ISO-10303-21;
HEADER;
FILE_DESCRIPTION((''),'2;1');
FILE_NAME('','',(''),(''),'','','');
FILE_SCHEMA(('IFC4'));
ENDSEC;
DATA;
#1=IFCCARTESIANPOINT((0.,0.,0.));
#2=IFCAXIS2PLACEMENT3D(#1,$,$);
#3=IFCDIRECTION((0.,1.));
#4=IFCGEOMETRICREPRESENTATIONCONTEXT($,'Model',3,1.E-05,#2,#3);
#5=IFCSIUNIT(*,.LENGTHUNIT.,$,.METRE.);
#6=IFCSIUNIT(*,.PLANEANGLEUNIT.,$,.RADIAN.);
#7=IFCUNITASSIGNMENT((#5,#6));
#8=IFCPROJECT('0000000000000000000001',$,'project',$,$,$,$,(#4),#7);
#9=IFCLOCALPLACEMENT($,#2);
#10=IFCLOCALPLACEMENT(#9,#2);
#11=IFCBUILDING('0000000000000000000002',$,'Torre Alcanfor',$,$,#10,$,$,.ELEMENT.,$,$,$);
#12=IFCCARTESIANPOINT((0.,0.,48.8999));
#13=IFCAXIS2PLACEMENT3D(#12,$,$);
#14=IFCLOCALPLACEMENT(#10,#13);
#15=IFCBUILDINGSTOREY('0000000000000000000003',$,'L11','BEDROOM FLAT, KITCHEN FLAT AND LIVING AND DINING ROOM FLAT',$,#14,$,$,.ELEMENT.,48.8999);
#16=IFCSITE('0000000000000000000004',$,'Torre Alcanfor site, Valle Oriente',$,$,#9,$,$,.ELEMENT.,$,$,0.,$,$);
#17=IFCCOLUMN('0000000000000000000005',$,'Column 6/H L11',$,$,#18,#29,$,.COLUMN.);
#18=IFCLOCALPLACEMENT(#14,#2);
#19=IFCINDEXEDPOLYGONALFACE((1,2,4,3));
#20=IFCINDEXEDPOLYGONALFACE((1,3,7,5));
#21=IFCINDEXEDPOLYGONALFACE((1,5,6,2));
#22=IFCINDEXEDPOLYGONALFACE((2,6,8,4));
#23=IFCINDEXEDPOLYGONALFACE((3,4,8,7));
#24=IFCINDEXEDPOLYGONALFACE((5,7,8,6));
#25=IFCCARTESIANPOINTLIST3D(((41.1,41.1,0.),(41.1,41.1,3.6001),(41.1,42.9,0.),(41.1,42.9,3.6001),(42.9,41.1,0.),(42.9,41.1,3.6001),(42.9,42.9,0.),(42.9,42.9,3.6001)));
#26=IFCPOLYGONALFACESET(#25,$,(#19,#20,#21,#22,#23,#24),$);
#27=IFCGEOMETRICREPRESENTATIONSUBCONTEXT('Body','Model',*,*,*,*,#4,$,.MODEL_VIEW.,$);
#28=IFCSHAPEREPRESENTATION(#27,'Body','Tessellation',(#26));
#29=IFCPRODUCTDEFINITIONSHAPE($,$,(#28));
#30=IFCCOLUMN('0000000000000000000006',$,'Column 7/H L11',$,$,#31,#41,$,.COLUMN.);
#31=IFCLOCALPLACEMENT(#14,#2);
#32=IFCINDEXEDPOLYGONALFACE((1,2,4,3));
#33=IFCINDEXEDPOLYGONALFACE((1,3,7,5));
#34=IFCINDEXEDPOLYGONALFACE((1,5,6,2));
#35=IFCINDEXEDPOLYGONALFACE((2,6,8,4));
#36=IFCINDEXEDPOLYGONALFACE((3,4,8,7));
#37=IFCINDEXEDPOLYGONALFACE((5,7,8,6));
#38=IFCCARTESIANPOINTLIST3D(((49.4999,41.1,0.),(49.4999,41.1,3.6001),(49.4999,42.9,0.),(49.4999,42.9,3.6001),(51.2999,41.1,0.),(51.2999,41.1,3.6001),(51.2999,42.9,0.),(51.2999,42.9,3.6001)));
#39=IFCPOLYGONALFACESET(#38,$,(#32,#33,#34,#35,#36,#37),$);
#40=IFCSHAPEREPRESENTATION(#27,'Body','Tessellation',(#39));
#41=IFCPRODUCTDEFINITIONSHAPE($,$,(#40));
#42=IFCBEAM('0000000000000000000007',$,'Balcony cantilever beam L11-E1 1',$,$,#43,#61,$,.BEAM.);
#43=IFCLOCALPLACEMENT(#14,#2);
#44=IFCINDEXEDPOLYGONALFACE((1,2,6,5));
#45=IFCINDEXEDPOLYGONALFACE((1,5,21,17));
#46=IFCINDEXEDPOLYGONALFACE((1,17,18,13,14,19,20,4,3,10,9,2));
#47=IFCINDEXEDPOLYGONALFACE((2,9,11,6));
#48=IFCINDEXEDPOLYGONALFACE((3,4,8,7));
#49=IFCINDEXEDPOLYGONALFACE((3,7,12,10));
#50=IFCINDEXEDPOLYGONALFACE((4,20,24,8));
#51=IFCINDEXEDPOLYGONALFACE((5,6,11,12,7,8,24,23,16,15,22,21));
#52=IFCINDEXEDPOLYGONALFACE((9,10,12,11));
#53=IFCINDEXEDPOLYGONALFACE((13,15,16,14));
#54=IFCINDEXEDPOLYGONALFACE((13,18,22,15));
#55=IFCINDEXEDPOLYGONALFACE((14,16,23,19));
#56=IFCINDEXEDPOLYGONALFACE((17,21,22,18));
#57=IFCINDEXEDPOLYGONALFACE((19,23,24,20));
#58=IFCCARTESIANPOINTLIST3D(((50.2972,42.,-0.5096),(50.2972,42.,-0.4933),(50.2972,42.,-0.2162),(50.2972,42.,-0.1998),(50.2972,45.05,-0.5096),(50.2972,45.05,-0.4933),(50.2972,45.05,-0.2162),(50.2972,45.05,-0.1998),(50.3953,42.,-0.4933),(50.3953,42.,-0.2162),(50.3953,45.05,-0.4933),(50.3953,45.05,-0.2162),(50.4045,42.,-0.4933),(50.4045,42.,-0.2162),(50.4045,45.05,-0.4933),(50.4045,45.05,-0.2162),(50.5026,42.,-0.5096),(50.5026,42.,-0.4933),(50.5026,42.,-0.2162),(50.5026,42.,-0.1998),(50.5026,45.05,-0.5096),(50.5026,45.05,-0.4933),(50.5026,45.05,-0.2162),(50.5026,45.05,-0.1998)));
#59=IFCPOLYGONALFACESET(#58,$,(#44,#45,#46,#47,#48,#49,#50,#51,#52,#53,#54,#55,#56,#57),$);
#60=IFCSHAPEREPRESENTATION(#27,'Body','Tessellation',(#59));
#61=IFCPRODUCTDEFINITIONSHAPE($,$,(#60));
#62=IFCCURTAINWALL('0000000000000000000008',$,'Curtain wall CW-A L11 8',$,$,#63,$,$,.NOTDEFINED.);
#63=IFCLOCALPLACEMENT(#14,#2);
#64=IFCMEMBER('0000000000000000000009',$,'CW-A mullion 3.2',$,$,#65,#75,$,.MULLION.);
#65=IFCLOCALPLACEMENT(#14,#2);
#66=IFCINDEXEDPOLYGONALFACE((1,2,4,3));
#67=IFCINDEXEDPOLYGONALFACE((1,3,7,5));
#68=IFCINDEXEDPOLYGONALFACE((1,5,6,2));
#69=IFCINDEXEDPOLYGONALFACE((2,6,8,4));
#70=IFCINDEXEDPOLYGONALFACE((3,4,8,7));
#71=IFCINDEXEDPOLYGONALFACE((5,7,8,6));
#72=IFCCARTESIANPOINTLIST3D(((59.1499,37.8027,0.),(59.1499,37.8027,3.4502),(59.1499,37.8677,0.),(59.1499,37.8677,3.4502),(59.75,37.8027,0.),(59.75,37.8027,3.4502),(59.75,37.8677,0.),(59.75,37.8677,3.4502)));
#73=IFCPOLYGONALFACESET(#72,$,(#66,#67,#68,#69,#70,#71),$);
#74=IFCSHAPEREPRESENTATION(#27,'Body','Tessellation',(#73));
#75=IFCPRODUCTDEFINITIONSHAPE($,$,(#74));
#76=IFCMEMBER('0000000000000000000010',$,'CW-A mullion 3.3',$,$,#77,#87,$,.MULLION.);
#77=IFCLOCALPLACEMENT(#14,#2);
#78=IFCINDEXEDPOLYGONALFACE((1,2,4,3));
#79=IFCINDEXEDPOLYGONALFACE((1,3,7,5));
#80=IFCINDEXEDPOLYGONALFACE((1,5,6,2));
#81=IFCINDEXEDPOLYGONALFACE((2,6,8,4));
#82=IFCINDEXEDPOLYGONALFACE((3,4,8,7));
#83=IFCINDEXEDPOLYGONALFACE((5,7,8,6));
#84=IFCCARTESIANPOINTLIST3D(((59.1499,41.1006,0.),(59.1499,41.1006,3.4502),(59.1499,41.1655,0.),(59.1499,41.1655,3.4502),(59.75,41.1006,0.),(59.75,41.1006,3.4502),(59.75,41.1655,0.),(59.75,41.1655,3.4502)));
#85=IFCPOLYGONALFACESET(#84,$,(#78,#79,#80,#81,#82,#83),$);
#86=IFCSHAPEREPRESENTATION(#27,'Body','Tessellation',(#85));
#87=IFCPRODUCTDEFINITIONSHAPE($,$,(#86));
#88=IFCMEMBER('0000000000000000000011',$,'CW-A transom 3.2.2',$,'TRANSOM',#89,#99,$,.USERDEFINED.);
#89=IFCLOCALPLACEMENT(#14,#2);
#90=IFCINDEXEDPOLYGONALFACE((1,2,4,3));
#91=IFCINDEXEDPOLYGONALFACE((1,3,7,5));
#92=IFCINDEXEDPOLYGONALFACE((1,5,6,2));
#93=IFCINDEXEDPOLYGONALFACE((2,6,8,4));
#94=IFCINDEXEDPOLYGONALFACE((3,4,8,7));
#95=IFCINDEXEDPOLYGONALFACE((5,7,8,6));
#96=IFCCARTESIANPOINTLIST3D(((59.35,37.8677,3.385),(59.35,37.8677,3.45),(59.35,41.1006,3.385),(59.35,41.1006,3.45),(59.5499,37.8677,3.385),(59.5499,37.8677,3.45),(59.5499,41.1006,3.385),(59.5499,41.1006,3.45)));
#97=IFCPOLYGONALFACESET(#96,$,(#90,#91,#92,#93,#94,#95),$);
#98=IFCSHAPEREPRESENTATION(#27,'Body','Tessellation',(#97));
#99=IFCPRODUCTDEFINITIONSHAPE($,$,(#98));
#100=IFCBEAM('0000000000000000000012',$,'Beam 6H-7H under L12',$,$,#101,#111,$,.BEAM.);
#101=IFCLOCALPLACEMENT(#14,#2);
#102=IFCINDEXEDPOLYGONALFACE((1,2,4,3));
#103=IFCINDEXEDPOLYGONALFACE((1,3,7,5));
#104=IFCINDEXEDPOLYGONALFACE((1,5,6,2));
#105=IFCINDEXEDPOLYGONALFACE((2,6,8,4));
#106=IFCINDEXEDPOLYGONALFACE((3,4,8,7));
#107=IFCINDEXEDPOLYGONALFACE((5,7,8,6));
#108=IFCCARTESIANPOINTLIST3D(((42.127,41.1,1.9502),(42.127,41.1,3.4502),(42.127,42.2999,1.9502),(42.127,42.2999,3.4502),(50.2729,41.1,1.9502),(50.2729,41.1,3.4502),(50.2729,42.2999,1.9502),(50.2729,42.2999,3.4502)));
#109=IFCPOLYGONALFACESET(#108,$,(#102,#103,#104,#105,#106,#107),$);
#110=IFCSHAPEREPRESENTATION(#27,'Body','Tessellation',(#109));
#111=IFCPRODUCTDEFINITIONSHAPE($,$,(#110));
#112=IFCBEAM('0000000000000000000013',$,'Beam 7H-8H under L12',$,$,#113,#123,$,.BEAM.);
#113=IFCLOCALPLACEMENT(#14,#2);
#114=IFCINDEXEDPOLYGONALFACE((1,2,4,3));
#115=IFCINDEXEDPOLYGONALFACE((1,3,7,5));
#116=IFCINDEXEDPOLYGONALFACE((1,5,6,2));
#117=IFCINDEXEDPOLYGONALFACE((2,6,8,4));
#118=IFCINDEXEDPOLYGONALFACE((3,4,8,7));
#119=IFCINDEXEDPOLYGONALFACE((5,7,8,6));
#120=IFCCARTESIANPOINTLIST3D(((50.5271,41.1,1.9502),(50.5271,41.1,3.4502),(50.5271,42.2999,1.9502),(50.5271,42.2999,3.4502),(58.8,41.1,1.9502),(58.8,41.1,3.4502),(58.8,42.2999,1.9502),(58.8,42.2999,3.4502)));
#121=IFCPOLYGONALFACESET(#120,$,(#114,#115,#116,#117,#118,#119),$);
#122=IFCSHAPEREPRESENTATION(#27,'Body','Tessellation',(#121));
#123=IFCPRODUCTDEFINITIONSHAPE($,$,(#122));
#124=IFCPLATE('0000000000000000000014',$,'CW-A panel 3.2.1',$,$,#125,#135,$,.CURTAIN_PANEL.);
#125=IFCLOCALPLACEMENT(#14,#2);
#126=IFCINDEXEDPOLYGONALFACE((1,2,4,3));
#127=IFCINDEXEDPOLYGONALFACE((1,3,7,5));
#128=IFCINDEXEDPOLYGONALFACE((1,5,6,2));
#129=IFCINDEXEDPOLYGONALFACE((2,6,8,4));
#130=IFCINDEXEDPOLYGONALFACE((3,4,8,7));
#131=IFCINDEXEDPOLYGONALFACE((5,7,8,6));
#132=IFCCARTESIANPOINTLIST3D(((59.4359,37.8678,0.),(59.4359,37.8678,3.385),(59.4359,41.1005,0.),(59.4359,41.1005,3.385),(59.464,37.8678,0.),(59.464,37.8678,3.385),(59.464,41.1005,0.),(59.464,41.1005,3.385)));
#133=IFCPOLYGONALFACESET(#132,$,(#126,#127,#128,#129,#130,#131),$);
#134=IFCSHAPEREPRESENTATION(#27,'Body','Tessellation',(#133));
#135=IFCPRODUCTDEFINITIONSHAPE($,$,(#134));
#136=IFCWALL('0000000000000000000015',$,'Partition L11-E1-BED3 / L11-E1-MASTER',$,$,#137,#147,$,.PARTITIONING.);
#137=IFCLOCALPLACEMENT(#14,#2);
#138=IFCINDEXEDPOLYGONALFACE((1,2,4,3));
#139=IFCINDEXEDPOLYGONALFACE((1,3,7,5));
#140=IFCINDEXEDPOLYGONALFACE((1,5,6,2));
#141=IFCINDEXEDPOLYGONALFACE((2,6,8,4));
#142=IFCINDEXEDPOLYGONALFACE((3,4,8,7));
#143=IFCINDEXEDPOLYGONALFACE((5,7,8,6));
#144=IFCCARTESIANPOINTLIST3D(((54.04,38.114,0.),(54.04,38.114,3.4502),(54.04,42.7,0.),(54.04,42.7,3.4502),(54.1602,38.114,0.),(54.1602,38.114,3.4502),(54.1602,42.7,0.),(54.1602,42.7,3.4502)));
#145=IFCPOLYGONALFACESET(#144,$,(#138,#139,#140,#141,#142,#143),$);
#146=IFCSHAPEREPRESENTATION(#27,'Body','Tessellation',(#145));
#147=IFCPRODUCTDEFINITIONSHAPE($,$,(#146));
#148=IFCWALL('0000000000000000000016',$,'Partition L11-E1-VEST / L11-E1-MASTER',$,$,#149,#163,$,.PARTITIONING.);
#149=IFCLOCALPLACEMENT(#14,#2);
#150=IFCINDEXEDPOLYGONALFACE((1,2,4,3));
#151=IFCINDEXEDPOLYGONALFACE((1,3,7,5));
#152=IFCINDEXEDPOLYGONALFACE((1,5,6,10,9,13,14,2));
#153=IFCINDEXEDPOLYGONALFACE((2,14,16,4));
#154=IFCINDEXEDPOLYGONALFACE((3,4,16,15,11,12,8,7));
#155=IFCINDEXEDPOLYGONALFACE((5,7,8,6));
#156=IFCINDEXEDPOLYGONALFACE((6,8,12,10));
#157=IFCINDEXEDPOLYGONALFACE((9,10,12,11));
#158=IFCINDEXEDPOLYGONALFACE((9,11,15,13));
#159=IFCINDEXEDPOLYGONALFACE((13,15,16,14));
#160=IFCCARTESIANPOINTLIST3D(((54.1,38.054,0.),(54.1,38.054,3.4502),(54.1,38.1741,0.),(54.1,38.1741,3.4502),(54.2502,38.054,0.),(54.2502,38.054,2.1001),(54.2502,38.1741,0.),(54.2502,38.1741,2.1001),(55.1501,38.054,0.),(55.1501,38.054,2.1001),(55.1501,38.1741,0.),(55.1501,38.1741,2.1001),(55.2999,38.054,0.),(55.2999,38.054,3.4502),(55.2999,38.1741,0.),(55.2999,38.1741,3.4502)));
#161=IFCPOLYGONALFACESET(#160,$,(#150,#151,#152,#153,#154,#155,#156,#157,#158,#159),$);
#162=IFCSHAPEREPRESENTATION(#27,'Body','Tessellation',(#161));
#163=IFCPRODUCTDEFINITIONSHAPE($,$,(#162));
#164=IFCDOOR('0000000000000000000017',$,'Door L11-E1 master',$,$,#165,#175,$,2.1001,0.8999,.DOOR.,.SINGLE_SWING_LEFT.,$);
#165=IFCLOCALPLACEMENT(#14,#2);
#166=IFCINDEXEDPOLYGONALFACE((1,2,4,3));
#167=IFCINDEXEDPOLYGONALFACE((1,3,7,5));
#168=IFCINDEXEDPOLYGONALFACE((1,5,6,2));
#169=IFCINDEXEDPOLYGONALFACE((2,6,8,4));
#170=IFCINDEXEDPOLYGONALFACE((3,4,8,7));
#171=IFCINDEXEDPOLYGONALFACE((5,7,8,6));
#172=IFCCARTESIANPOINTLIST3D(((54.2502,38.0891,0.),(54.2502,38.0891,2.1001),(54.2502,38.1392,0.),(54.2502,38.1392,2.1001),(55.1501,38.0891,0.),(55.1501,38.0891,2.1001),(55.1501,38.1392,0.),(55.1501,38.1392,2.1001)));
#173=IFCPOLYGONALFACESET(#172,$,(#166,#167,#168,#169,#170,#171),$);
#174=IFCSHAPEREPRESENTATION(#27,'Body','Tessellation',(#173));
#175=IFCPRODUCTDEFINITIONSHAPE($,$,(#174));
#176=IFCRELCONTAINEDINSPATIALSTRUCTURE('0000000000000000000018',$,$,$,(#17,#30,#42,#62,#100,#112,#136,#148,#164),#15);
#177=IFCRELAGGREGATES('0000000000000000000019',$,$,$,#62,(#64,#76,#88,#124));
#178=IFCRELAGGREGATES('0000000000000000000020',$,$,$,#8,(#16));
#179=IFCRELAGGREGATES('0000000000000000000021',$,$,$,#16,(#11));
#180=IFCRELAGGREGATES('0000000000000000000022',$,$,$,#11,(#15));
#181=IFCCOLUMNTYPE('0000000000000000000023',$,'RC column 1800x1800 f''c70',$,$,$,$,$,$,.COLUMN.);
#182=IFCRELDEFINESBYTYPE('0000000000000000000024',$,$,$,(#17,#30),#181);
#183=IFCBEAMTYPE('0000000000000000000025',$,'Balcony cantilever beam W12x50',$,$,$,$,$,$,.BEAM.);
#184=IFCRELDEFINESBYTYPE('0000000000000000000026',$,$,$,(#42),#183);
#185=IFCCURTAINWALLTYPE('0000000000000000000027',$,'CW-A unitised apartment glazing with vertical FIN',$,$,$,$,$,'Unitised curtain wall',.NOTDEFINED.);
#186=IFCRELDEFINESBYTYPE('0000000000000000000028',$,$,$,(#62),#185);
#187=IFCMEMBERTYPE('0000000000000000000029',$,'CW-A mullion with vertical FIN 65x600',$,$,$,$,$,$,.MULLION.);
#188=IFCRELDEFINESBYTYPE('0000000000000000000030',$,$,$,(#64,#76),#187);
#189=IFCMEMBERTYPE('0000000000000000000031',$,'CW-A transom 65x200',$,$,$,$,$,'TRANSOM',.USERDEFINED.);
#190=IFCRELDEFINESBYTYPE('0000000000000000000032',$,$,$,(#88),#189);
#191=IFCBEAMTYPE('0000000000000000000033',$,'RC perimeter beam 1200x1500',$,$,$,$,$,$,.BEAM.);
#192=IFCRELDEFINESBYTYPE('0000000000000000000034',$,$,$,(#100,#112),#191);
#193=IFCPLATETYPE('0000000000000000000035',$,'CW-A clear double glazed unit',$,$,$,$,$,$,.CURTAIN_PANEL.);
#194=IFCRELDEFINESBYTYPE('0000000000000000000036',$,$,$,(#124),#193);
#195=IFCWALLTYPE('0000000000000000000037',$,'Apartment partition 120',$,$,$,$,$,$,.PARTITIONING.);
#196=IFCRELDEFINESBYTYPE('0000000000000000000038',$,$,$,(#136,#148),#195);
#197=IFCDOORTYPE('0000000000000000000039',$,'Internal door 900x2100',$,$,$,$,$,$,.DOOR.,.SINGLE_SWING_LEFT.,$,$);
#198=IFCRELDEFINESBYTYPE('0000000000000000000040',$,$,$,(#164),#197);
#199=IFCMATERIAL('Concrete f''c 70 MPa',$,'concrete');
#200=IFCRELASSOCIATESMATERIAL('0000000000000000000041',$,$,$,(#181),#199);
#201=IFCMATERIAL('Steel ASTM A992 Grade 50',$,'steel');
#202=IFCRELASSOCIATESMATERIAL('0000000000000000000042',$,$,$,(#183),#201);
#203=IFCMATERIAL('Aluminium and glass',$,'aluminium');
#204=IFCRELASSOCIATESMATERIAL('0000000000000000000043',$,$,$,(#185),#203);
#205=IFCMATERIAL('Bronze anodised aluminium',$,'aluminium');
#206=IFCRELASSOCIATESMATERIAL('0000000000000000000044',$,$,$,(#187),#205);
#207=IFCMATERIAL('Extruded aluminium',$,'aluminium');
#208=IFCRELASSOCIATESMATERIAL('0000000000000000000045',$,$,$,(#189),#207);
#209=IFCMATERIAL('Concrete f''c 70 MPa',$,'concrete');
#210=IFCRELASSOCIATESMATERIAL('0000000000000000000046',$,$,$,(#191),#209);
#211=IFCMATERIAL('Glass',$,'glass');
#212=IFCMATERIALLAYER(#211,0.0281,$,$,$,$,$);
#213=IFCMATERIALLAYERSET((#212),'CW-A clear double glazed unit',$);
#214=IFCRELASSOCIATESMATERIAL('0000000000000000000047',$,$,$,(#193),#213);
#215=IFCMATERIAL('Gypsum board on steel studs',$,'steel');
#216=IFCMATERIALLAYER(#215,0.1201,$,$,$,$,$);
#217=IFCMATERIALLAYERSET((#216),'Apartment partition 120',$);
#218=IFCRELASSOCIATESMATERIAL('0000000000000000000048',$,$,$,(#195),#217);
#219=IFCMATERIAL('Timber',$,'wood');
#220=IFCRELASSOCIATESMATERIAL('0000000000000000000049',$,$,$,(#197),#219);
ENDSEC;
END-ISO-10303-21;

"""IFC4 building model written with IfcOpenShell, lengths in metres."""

from ifc_helpers import new_model, si_unit, direction, frame, frame_2d, origin, origin_2d, place, context, subcontext, project, spatial, rectangle, i_section, extrude, material, layer, layer_set, material_profile, profile_set, type_object, element, fill, aggregate, save


model = new_model("IFC4")

# Units and contexts
model_context = context("Model", 3, precision=1e-05, world=origin(), true_north=direction((0.0, 1.0)))
body_context = subcontext(model_context, "Body", "Model", "MODEL_VIEW")
ifc_project = project(units=[si_unit("LENGTHUNIT", "METRE"), si_unit("PLANEANGLEUNIT", "RADIAN")], contexts=[model_context])

# Site, building, storey
site_placement = place(None, origin())
site = spatial("IfcSite", under=ifc_project, at=site_placement, Name="Torre Alcanfor site, Valle Oriente", CompositionType="ELEMENT", RefElevation=0.0)
building_placement = place(site_placement, origin())
building = spatial("IfcBuilding", under=site, at=building_placement, Name="Torre Alcanfor", CompositionType="ELEMENT")
storey_placement = place(building_placement, frame((0.0, 0.0, 48.8999)))
storey = spatial("IfcBuildingStorey", under=building, at=storey_placement, Name="L11", Description="BEDROOM FLAT, KITCHEN FLAT AND LIVING AND DINING ROOM FLAT", CompositionType="ELEMENT", Elevation=48.8999)

# Columns
ifc_material_1 = material(Name="Concrete f'c 70 MPa", Category="concrete")
ifc_material_profile_1 = material_profile(ifc_material_1, rectangle(XDim=1.8, YDim=1.8, at=origin_2d()), Name="1800x1800")
ifc_profile_set_1 = profile_set([ifc_material_profile_1], Name="Concrete f'c 70 MPa")
column_type = type_object("IfcColumnType", Name="RC column 1800x1800 f'c70", PredefinedType="COLUMN", material=ifc_profile_set_1)
for number, where, z_axis, x_axis, name in (
    (1, (42.0, 42.0, 0.0), (0.0, 0.0, 1.0), (1.0, 0.0, 0.0), "Column 6/H L11"),
    (2, (50.3999, 42.0, 0.0), (0.0, 0.0, 1.0), (1.0, 0.0, 0.0), "Column 7/H L11"),
):
    element("IfcColumn", number, at=place(storey_placement, frame(where, z_axis=z_axis, x_axis=x_axis)), inside=storey, type_object=column_type, Name=name, PredefinedType="COLUMN", context=body_context, shape_type="SweptSolid", body=[
        extrude(rectangle(XDim=1.8, YDim=1.8, at=origin_2d()), origin(), (0.0, 0.0, 1.0), 3.6001),
    ])

# Beam
ifc_material_2 = material(Name="Steel ASTM A992 Grade 50", Category="steel")
ifc_material_profile_2 = material_profile(ifc_material_2, i_section(OverallWidth=0.2053, OverallDepth=0.3098, WebThickness=0.0093, FlangeThickness=0.0164, at=origin_2d()), Name="W12x50")
ifc_profile_set_2 = profile_set([ifc_material_profile_2], Name="Steel ASTM A992 Grade 50")
beam_type_1 = type_object("IfcBeamType", Name="Balcony cantilever beam W12x50", PredefinedType="BEAM", material=ifc_profile_set_2)
beam_1_placement = place(storey_placement, frame((50.3999, 42.0, -0.3547), z_axis=(0.0, 1.0, 0.0), x_axis=(-1.0, 0.0, 0.0)))
element("IfcBeam", 3, at=beam_1_placement, inside=storey, type_object=beam_type_1, Name="Balcony cantilever beam L11-E1 1", PredefinedType="BEAM", context=body_context, shape_type="SweptSolid", body=[
    extrude(i_section(OverallWidth=0.2053, OverallDepth=0.3098, WebThickness=0.0093, FlangeThickness=0.0164, at=origin_2d()), origin(), (0.0, 0.0, 1.0), 3.05),
])

# Curtain wall, members
ifc_material_3 = material(Name="Aluminium and glass", Category="aluminium")
curtain_wall_type = type_object("IfcCurtainWallType", Name="CW-A unitised apartment glazing with vertical FIN", ElementType="Unitised curtain wall", PredefinedType="NOTDEFINED", material=ifc_material_3)
curtain_wall_placement = place(storey_placement, origin())
curtain_wall = element("IfcCurtainWall", 4, at=curtain_wall_placement, inside=storey, type_object=curtain_wall_type, Name="Curtain wall CW-A L11 8", PredefinedType="NOTDEFINED")
ifc_material_4 = material(Name="Bronze anodised aluminium", Category="aluminium")
ifc_material_profile_3 = material_profile(ifc_material_4, rectangle(XDim=0.6001, YDim=0.0649, at=origin_2d()), Name="CW-A mullion 65x600")
ifc_profile_set_3 = profile_set([ifc_material_profile_3], Name="Bronze anodised aluminium")
member_type_1 = type_object("IfcMemberType", Name="CW-A mullion with vertical FIN 65x600", PredefinedType="MULLION", material=ifc_profile_set_3)
member_1_placement = place(storey_placement, frame((59.45, 37.8352, 0.0), z_axis=(0.0, 0.0, 1.0), x_axis=(-1.0, 0.0, 0.0)))
member_1 = element("IfcMember", 5, at=member_1_placement, type_object=member_type_1, Name="CW-A mullion 3.2", PredefinedType="MULLION", context=body_context, shape_type="SweptSolid", body=[
    extrude(rectangle(XDim=0.6001, YDim=0.0649, at=origin_2d()), origin(), (0.0, 0.0, 1.0), 3.4502),
])
member_2_placement = place(storey_placement, frame((59.45, 41.1331, 0.0), z_axis=(0.0, 0.0, 1.0), x_axis=(-1.0, 0.0, 0.0)))
member_2 = element("IfcMember", 6, at=member_2_placement, type_object=member_type_1, Name="CW-A mullion 3.3", PredefinedType="MULLION", context=body_context, shape_type="SweptSolid", body=[
    extrude(rectangle(XDim=0.6001, YDim=0.0649, at=origin_2d()), origin(), (0.0, 0.0, 1.0), 3.4502),
])
ifc_material_5 = material(Name="Extruded aluminium", Category="aluminium")
ifc_material_profile_4 = material_profile(ifc_material_5, rectangle(XDim=0.2, YDim=0.0649, at=origin_2d()), Name="CW-A transom 200x65")
ifc_profile_set_4 = profile_set([ifc_material_profile_4], Name="Extruded aluminium")
member_type_2 = type_object("IfcMemberType", Name="CW-A transom 65x200", ElementType="TRANSOM", PredefinedType="USERDEFINED", material=ifc_profile_set_4)
member_3_placement = place(storey_placement, frame((59.45, 37.8677, 3.4175), z_axis=(0.0, 1.0, 0.0), x_axis=(-1.0, 0.0, 0.0)))
member_3 = element("IfcMember", 7, at=member_3_placement, type_object=member_type_2, Name="CW-A transom 3.2.2", ObjectType="TRANSOM", PredefinedType="USERDEFINED", context=body_context, shape_type="SweptSolid", body=[
    extrude(rectangle(XDim=0.2, YDim=0.0649, at=origin_2d()), origin(), (0.0, 0.0, 1.0), 3.2329),
])

# Beams
ifc_material_6 = material(Name="Concrete f'c 70 MPa", Category="concrete")
ifc_material_profile_5 = material_profile(ifc_material_6, rectangle(XDim=1.2, YDim=1.5, at=origin_2d()), Name="1200x1500")
ifc_profile_set_5 = profile_set([ifc_material_profile_5], Name="Concrete f'c 70 MPa")
beam_type_2 = type_object("IfcBeamType", Name="RC perimeter beam 1200x1500", PredefinedType="BEAM", material=ifc_profile_set_5)
beam_2_placement = place(storey_placement, frame((42.127, 41.7, 2.7002), z_axis=(1.0, 0.0, 0.0), x_axis=(0.0, 1.0, 0.0)))
element("IfcBeam", 8, at=beam_2_placement, inside=storey, type_object=beam_type_2, Name="Beam 6H-7H under L12", PredefinedType="BEAM", context=body_context, shape_type="SweptSolid", body=[
    extrude(rectangle(XDim=1.2, YDim=1.5, at=origin_2d()), origin(), (0.0, 0.0, 1.0), 8.146),
])
beam_3_placement = place(storey_placement, frame((50.5271, 41.7, 2.7002), z_axis=(1.0, 0.0, 0.0), x_axis=(0.0, 1.0, 0.0)))
element("IfcBeam", 9, at=beam_3_placement, inside=storey, type_object=beam_type_2, Name="Beam 7H-8H under L12", PredefinedType="BEAM", context=body_context, shape_type="SweptSolid", body=[
    extrude(rectangle(XDim=1.2, YDim=1.5, at=origin_2d()), origin(), (0.0, 0.0, 1.0), 8.2729),
])

# Plate
ifc_material_7 = material(Name="Glass", Category="glass")
ifc_layer_1 = layer(ifc_material_7, 0.0281)
ifc_layer_set_1 = layer_set([ifc_layer_1], Name="CW-A clear double glazed unit")
plate_type = type_object("IfcPlateType", Name="CW-A clear double glazed unit", PredefinedType="CURTAIN_PANEL", material=ifc_layer_set_1)
plate_placement = place(storey_placement, frame((59.45, 39.4841, 0.0), z_axis=(0.0, 0.0, 1.0), x_axis=(0.0, 1.0, 0.0)))
plate = element("IfcPlate", 10, at=plate_placement, type_object=plate_type, Name="CW-A panel 3.2.1", PredefinedType="CURTAIN_PANEL", context=body_context, shape_type="SweptSolid", body=[
    extrude(rectangle(XDim=3.2327, YDim=0.0281, at=origin_2d()), origin(), (0.0, 0.0, 1.0), 3.385),
])
aggregate(curtain_wall, [member_1, member_2, member_3, plate])

# Wall
ifc_material_8 = material(Name="Gypsum board on steel studs", Category="steel")
ifc_layer_2 = layer(ifc_material_8, 0.1201)
ifc_layer_set_2 = layer_set([ifc_layer_2], Name="Apartment partition 120")
wall_type_1 = type_object("IfcWallType", Name="Apartment partition 120", PredefinedType="PARTITIONING", material=ifc_layer_set_2)
wall_1_placement = place(storey_placement, frame((54.1001, 38.114, 0.0), z_axis=(0.0, 0.0, 1.0), x_axis=(0.0, 1.0, 0.0)))
element("IfcWall", 11, at=wall_1_placement, inside=storey, type_object=wall_type_1, Name="Partition L11-E1-BED3 / L11-E1-MASTER", PredefinedType="PARTITIONING", context=body_context, shape_type="SweptSolid", body=[
    extrude(rectangle(XDim=4.5859, YDim=0.1201, at=frame_2d((2.293, 0.0))), origin(), (0.0, 0.0, 1.0), 3.4502),
])

# Wall, opening, door
wall_2_placement = place(storey_placement, frame((55.3, 38.114, 0.0), z_axis=(0.0, 0.0, 1.0), x_axis=(-1.0, 0.0, 0.0)))
wall_2 = element("IfcWall", 12, at=wall_2_placement, inside=storey, type_object=wall_type_1, Name="Partition L11-E1-VEST / L11-E1-MASTER", PredefinedType="PARTITIONING", context=body_context, shape_type="SweptSolid", body=[
    extrude(rectangle(XDim=1.2, YDim=0.1201, at=frame_2d((0.6001, 0.0))), origin(), (0.0, 0.0, 1.0), 3.4502),
])
opening_1_placement = place(wall_2_placement, frame((0.1499, 0.0, 0.0)))
opening_1 = element("IfcOpeningElement", 13, at=opening_1_placement, cuts=wall_2, PredefinedType="OPENING", context=body_context, shape_type="SweptSolid", body=[
    extrude(rectangle(XDim=0.8999, YDim=2.1001, at=frame_2d((0.45, 1.05))), frame((0.0, 0.0701, 0.0), z_axis=(0.0, -1.0, 0.0), x_axis=(1.0, 0.0, 0.0)), (0.0, 0.0, 1.0), 0.1401),
])
ifc_material_9 = material(Name="Timber", Category="wood")
door_type_1 = type_object("IfcDoorType", Name="Internal door 900x2100", OperationType="SINGLE_SWING_LEFT", PredefinedType="DOOR", material=ifc_material_9)
door_1_placement = place(opening_1_placement, origin())
door_1 = element("IfcDoor", 14, at=door_1_placement, inside=storey, type_object=door_type_1, Name="Door L11-E1 master", OperationType="SINGLE_SWING_LEFT", OverallHeight=2.1001, OverallWidth=0.8999, PredefinedType="DOOR", context=body_context, shape_type="SweptSolid", body=[
    extrude(rectangle(XDim=0.8999, YDim=2.1001, at=frame_2d((0.45, 1.05))), frame((0.0, 0.0249, 0.0), z_axis=(0.0, -1.0, 0.0), x_axis=(1.0, 0.0, 0.0)), (0.0, 0.0, 1.0), 0.05),
])
fill(opening_1, door_1)

save(model, "model.ifc")
